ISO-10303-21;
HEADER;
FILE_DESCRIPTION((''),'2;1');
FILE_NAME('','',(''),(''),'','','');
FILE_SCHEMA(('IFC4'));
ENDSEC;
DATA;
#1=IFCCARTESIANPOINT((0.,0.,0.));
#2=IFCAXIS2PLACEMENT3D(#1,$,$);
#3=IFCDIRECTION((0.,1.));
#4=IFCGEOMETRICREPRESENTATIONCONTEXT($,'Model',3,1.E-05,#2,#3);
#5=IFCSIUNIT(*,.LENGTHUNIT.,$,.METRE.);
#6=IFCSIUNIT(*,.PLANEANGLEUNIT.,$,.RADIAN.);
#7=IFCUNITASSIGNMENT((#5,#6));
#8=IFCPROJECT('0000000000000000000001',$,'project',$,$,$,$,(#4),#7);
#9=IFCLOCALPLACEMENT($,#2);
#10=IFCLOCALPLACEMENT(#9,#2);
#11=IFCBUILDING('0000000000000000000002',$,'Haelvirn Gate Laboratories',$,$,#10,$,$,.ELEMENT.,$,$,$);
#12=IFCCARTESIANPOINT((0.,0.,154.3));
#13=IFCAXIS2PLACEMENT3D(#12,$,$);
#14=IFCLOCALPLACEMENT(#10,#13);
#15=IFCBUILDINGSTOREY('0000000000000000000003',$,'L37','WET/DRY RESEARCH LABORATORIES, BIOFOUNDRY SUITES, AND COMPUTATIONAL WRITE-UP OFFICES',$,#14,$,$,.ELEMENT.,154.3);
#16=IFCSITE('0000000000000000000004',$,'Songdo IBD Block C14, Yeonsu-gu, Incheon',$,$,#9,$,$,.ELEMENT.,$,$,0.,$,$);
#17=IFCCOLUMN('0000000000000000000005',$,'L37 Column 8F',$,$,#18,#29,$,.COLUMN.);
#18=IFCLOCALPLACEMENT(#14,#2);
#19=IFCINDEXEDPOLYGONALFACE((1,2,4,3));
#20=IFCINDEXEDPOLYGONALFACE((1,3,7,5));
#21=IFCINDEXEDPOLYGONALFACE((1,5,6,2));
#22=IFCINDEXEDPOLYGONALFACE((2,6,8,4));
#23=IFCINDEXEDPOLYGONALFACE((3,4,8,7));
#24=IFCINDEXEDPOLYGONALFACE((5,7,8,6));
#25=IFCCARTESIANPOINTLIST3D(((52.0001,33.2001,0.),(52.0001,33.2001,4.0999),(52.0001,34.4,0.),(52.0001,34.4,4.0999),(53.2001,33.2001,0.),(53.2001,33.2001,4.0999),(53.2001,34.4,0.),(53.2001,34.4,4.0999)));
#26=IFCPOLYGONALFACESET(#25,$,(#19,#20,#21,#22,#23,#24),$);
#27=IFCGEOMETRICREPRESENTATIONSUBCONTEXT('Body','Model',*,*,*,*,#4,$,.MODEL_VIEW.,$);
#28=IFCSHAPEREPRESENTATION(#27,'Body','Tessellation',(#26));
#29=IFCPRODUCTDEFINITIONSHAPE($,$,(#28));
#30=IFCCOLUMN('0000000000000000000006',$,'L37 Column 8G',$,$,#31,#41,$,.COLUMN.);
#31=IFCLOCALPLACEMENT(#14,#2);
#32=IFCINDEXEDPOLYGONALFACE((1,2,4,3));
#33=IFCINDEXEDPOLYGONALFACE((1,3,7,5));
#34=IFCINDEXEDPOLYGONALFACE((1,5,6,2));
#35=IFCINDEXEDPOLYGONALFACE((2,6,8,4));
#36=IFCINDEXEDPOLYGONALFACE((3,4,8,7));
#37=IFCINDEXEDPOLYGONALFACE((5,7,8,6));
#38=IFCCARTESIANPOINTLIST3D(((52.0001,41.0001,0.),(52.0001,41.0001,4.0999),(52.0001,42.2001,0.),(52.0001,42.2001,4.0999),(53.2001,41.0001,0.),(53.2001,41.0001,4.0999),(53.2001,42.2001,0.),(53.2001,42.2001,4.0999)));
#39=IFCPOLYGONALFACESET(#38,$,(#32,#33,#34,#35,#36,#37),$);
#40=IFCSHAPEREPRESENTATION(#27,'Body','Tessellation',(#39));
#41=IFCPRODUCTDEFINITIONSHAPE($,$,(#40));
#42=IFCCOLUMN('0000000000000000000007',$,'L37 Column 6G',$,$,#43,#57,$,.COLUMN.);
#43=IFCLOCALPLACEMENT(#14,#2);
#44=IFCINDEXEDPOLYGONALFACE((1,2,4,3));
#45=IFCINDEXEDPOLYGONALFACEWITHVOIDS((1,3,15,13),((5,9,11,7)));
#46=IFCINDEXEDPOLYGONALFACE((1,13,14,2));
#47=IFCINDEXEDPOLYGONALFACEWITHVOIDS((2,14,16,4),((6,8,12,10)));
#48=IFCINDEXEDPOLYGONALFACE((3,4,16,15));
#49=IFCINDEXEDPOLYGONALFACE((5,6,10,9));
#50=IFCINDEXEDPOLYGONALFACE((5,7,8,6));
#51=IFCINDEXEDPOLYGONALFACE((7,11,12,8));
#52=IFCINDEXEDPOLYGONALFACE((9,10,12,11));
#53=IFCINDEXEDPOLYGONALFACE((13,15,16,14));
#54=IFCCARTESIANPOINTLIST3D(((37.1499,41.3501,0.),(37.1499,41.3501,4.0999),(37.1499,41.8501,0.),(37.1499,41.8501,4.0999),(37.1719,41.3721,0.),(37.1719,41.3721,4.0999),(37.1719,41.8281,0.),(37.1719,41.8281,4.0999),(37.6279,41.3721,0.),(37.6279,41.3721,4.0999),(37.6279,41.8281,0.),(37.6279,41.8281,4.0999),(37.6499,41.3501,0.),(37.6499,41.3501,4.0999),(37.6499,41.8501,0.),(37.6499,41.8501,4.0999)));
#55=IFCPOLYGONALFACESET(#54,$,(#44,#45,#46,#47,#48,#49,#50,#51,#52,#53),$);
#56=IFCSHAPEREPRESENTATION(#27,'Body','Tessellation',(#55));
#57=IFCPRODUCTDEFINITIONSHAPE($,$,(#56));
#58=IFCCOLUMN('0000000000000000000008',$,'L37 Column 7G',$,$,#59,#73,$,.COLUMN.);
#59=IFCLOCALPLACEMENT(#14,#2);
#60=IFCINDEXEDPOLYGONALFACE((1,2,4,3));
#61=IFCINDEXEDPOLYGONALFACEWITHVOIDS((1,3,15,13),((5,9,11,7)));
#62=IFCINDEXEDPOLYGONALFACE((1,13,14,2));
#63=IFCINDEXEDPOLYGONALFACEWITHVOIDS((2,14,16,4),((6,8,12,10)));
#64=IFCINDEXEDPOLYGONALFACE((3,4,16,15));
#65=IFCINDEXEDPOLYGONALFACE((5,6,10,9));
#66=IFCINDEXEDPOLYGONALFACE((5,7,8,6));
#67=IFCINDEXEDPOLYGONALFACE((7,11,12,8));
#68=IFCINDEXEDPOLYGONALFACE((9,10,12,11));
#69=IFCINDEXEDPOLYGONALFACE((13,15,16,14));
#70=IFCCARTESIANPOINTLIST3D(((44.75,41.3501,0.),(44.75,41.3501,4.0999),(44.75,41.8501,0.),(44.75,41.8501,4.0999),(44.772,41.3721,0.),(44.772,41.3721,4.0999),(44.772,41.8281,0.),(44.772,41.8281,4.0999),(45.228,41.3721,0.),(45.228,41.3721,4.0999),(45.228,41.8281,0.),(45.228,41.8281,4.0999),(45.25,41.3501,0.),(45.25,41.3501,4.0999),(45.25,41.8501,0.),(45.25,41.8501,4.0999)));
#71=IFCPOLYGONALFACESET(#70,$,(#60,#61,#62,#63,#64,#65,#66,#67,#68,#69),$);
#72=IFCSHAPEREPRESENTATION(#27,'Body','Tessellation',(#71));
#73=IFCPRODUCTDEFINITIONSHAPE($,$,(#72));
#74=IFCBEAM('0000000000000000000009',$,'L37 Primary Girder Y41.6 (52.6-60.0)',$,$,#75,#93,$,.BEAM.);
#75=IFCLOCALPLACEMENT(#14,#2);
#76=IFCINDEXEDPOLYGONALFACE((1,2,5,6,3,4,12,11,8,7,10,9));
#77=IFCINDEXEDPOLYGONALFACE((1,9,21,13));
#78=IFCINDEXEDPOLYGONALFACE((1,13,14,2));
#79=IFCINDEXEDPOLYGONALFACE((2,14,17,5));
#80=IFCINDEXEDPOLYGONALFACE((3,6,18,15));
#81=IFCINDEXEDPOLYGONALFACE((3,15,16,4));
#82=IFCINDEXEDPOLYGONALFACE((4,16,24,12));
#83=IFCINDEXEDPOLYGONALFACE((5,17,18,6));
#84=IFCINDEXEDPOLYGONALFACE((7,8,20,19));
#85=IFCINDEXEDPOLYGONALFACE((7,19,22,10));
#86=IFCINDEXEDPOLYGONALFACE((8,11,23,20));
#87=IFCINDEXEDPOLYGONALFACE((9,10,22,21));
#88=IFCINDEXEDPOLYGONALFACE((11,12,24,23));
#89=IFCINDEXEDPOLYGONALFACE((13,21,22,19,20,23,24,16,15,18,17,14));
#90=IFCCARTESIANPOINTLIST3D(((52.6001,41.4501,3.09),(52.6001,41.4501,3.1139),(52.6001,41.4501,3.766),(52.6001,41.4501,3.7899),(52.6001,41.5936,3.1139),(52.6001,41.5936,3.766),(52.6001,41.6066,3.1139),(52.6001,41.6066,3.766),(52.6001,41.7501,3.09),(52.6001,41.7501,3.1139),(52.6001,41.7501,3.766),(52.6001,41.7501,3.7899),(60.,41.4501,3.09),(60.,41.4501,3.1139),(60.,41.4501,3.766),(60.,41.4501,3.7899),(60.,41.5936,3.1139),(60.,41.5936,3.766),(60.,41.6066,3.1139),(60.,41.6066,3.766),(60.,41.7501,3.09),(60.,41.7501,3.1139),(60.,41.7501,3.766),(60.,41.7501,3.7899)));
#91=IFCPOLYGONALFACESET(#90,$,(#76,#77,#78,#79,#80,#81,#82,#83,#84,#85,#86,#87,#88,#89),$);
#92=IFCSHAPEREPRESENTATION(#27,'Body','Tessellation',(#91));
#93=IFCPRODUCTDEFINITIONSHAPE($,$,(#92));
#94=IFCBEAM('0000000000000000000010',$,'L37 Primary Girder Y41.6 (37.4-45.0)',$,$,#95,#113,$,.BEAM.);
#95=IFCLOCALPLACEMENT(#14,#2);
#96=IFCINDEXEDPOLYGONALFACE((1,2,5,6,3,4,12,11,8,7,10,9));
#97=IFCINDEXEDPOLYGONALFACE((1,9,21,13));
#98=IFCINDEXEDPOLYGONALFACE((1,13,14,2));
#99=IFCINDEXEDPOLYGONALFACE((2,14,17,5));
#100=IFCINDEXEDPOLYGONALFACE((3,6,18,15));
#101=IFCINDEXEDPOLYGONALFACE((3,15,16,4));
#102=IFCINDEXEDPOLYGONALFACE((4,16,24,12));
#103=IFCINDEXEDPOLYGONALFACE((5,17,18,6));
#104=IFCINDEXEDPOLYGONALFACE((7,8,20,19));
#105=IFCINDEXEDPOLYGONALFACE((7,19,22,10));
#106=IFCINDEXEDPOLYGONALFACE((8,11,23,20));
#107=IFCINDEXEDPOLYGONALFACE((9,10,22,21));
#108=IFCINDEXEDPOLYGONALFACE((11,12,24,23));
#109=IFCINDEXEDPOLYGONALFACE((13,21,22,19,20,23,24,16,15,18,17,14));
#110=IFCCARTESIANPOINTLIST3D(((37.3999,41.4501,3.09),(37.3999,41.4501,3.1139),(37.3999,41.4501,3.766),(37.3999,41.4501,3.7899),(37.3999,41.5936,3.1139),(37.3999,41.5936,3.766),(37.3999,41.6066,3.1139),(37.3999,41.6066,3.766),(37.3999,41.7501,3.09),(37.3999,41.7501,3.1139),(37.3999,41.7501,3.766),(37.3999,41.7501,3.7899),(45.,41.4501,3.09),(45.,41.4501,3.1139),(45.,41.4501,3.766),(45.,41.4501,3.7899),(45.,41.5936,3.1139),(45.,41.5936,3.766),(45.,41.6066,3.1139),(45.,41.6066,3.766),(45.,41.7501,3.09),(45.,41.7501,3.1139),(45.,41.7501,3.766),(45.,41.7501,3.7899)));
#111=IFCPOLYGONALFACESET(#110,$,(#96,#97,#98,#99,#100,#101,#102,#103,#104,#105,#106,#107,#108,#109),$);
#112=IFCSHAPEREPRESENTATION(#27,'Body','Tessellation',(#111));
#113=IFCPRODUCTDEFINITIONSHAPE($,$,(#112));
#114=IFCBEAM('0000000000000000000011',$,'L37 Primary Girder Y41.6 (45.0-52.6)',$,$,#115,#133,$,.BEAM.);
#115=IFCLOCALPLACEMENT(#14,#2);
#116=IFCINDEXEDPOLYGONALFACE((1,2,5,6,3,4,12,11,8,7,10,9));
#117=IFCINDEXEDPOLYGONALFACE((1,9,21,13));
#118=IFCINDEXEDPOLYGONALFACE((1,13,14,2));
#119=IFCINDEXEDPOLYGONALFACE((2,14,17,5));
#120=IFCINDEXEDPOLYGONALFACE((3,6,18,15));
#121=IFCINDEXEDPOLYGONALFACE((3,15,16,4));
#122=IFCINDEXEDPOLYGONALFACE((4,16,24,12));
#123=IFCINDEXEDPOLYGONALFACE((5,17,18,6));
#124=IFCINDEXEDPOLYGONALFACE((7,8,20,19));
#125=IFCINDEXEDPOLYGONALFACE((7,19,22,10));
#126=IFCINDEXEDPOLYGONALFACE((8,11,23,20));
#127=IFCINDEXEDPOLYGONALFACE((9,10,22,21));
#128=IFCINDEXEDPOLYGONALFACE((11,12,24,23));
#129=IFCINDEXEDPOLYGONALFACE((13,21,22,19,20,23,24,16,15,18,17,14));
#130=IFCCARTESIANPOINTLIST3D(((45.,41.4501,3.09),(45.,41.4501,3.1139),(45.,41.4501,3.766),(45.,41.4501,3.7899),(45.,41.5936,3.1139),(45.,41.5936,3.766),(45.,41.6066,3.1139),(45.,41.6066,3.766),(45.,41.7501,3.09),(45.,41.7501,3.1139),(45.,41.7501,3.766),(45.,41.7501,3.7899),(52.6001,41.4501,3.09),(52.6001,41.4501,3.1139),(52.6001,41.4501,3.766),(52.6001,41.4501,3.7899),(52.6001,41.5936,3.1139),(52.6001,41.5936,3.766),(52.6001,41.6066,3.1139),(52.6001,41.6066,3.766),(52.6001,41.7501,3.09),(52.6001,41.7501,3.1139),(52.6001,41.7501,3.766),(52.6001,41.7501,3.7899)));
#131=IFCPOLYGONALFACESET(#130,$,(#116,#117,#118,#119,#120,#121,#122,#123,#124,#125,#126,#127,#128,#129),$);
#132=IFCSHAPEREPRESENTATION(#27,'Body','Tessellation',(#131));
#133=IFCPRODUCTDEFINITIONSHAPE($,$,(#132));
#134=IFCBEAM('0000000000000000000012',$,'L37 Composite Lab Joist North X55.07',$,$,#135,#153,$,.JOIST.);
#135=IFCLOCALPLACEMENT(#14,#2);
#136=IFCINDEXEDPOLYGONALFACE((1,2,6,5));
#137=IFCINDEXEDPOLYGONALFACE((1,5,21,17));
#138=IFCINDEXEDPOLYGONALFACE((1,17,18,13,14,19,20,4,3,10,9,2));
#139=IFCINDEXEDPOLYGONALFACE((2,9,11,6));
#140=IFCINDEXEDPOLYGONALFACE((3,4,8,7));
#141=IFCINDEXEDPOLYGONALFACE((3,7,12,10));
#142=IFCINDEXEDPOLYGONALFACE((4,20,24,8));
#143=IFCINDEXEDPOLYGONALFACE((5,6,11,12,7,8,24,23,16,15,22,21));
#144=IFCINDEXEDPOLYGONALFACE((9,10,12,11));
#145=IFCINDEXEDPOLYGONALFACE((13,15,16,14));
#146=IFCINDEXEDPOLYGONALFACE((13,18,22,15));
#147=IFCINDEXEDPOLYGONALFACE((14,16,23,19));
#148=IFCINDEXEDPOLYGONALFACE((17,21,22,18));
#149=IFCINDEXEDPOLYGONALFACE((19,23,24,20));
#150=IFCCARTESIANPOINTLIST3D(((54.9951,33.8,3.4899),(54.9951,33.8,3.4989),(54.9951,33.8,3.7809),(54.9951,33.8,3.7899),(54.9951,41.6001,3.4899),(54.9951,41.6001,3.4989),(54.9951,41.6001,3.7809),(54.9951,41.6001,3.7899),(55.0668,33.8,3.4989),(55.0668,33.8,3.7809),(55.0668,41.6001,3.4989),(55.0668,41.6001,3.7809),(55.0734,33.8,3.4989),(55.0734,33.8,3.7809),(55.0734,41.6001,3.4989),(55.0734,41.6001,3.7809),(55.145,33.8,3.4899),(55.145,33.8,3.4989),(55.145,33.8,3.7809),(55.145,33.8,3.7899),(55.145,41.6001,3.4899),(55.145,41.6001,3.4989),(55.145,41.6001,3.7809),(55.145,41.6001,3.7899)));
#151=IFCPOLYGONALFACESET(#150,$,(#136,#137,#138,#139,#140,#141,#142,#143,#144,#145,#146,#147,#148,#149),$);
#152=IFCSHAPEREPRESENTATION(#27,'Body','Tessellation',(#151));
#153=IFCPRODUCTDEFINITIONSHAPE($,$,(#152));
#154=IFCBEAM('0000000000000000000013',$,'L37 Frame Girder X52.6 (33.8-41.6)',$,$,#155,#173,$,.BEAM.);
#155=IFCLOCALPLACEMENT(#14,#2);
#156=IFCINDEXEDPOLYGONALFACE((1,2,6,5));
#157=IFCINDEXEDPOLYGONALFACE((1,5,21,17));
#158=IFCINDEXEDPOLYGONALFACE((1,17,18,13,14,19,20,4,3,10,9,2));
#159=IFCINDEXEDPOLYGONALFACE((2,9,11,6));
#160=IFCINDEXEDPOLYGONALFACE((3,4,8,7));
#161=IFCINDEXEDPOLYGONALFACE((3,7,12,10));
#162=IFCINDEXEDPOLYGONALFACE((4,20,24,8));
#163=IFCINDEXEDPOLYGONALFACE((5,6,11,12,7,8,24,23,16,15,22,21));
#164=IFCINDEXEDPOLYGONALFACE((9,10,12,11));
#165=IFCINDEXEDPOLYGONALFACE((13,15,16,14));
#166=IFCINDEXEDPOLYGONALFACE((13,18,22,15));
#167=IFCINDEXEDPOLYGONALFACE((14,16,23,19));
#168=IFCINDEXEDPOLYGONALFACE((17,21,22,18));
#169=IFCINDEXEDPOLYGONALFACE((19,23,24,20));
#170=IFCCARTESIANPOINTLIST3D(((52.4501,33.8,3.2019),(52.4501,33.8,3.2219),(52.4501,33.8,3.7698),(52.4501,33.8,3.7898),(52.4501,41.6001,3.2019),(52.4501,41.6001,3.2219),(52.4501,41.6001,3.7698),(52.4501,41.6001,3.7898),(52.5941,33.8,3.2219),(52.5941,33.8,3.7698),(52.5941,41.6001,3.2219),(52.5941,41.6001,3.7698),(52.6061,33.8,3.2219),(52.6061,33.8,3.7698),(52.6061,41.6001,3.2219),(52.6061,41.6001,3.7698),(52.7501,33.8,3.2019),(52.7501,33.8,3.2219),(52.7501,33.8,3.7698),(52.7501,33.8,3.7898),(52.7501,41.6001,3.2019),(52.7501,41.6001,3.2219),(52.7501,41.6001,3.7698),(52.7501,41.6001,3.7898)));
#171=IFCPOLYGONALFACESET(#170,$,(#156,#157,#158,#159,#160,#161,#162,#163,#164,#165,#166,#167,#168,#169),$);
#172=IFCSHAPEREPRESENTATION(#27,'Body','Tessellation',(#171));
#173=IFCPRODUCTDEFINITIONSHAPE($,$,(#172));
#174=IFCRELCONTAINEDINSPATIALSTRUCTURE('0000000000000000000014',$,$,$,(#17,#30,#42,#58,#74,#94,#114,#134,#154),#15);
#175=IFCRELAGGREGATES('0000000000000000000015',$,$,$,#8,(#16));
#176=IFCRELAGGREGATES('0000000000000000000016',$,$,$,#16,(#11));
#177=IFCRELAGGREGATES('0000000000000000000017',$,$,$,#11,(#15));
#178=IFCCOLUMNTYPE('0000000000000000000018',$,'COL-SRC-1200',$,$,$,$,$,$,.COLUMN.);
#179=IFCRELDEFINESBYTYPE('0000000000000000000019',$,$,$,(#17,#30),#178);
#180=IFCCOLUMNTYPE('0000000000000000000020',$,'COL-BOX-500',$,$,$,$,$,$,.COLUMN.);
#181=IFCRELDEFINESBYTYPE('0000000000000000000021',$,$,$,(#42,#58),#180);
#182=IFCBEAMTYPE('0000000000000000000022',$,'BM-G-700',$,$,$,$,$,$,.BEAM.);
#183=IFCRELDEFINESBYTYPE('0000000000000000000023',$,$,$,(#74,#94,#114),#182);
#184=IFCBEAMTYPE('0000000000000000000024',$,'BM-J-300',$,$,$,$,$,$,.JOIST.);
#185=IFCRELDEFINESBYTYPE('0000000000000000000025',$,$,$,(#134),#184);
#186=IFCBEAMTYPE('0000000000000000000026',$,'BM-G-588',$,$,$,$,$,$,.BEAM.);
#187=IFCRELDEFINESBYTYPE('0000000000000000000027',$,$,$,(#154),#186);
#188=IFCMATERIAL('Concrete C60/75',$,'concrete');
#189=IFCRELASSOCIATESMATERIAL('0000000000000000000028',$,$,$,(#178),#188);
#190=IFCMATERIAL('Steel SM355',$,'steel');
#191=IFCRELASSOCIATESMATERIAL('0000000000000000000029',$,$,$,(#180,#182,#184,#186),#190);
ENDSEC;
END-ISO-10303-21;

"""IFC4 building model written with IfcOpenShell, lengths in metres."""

from ifc_helpers import new_model, si_unit, direction, frame, origin, origin_2d, place, context, subcontext, project, spatial, rectangle, hollow_rectangle, i_section, extrude, source, transform, mapped, material, material_profile, profile_set, type_object, type_shapes, element, save


model = new_model("IFC4")

# Units and contexts
model_context = context("Model", 3, precision=1e-05, world=origin(), true_north=direction((0.0, 1.0)))
body_context = subcontext(model_context, "Body", "Model", "MODEL_VIEW")
ifc_project = project(units=[si_unit("LENGTHUNIT", "METRE"), si_unit("PLANEANGLEUNIT", "RADIAN")], contexts=[model_context])

# Site, building, storey
site_placement = place(None, origin())
site = spatial("IfcSite", under=ifc_project, at=site_placement, Name="Songdo IBD Block C14, Yeonsu-gu, Incheon", CompositionType="ELEMENT", RefElevation=0.0)
building_placement = place(site_placement, origin())
building = spatial("IfcBuilding", under=site, at=building_placement, Name="Haelvirn Gate Laboratories", CompositionType="ELEMENT")
storey_placement = place(building_placement, frame((0.0, 0.0, 154.3)))
storey = spatial("IfcBuildingStorey", under=building, at=storey_placement, Name="L37", Description="WET/DRY RESEARCH LABORATORIES, BIOFOUNDRY SUITES, AND COMPUTATIONAL WRITE-UP OFFICES", CompositionType="ELEMENT", Elevation=154.3)

# Columns
ifc_material_1 = material(Name="Concrete C60/75", Category="concrete")
ifc_material_profile_1 = material_profile(ifc_material_1, rectangle(XDim=1.2, YDim=1.2, at=origin_2d()), Name="SRC-1200x1200")
ifc_profile_set_1 = profile_set([ifc_material_profile_1], Name="Concrete C60/75")
column_type_1 = type_object("IfcColumnType", Name="COL-SRC-1200", PredefinedType="COLUMN", material=ifc_profile_set_1)
shared_shape_1 = source(origin(), body_context, "Body", "SweptSolid", [
    extrude(rectangle(XDim=1.2, YDim=1.2, at=origin_2d()), origin(), (0.0, 0.0, 1.0), 4.0999),
])
type_shapes(column_type_1, [shared_shape_1])
for number, where, z_axis, x_axis, name in (
    (1, (52.6001, 33.8, 0.0), (0.0, 0.0, 1.0), (1.0, 0.0, 0.0), "L37 Column 8F"),
    (2, (52.6001, 41.6001, 0.0), (0.0, 0.0, 1.0), (1.0, 0.0, 0.0), "L37 Column 8G"),
):
    element("IfcColumn", number, at=place(storey_placement, frame(where, z_axis=z_axis, x_axis=x_axis)), inside=storey, type_object=column_type_1, Name=name, PredefinedType="COLUMN", context=body_context, shape_type="MappedRepresentation", body=[
        mapped(shared_shape_1, transform((0.0, 0.0, 0.0), scale=1.0)),
    ])
ifc_material_2 = material(Name="Steel SM355", Category="steel")
ifc_material_profile_2 = material_profile(ifc_material_2, hollow_rectangle(XDim=0.5, YDim=0.5, WallThickness=0.022, at=origin_2d()), Name="BOX-500x500x22")
ifc_profile_set_2 = profile_set([ifc_material_profile_2], Name="Steel SM355")
column_type_2 = type_object("IfcColumnType", Name="COL-BOX-500", PredefinedType="COLUMN", material=ifc_profile_set_2)
shared_shape_2 = source(origin(), body_context, "Body", "SweptSolid", [
    extrude(hollow_rectangle(XDim=0.5, YDim=0.5, WallThickness=0.022, at=origin_2d()), origin(), (0.0, 0.0, 1.0), 4.0999),
])
type_shapes(column_type_2, [shared_shape_2])
for number, where, z_axis, x_axis, name in (
    (3, (37.3999, 41.6001, 0.0), (0.0, 0.0, 1.0), (1.0, 0.0, 0.0), "L37 Column 6G"),
    (4, (45.0, 41.6001, 0.0), (0.0, 0.0, 1.0), (1.0, 0.0, 0.0), "L37 Column 7G"),
):
    element("IfcColumn", number, at=place(storey_placement, frame(where, z_axis=z_axis, x_axis=x_axis)), inside=storey, type_object=column_type_2, Name=name, PredefinedType="COLUMN", context=body_context, shape_type="MappedRepresentation", body=[
        mapped(shared_shape_2, transform((0.0, 0.0, 0.0), scale=1.0)),
    ])

# Beams
ifc_material_profile_3 = material_profile(ifc_material_2, i_section(OverallWidth=0.3, OverallDepth=0.7, WebThickness=0.0129, FlangeThickness=0.0239, at=origin_2d()), Name="H-700x300x13x24")
ifc_profile_set_3 = profile_set([ifc_material_profile_3], Name="Steel SM355")
beam_type_1 = type_object("IfcBeamType", Name="BM-G-700", PredefinedType="BEAM", material=ifc_profile_set_3)
shared_shape_3 = source(origin(), body_context, "Body", "SweptSolid", [
    extrude(i_section(OverallWidth=0.3, OverallDepth=0.7, WebThickness=0.0129, FlangeThickness=0.0239, at=origin_2d()), origin(), (0.0, 0.0, 1.0), 7.3999),
])
beam_1_placement = place(storey_placement, frame((52.6001, 41.6001, 3.4399), z_axis=(1.0, 0.0, 0.0), x_axis=(0.0, 1.0, 0.0)))
element("IfcBeam", 5, at=beam_1_placement, inside=storey, type_object=beam_type_1, Name="L37 Primary Girder Y41.6 (52.6-60.0)", PredefinedType="BEAM", context=body_context, shape_type="MappedRepresentation", body=[
    mapped(shared_shape_3, transform((0.0, 0.0, 0.0), scale=1.0)),
])
shared_shape_4 = source(origin(), body_context, "Body", "SweptSolid", [
    extrude(i_section(OverallWidth=0.3, OverallDepth=0.7, WebThickness=0.0129, FlangeThickness=0.0239, at=origin_2d()), origin(), (0.0, 0.0, 1.0), 7.6001),
])
type_shapes(beam_type_1, [shared_shape_3, shared_shape_4])
for number, where, z_axis, x_axis, name in (
    (6, (37.3999, 41.6001, 3.4399), (1.0, 0.0, 0.0), (0.0, 1.0, 0.0), "L37 Primary Girder Y41.6 (37.4-45.0)"),
    (7, (45.0, 41.6001, 3.4399), (1.0, 0.0, 0.0), (0.0, 1.0, 0.0), "L37 Primary Girder Y41.6 (45.0-52.6)"),
):
    element("IfcBeam", number, at=place(storey_placement, frame(where, z_axis=z_axis, x_axis=x_axis)), inside=storey, type_object=beam_type_1, Name=name, PredefinedType="BEAM", context=body_context, shape_type="MappedRepresentation", body=[
        mapped(shared_shape_4, transform((0.0, 0.0, 0.0), scale=1.0)),
    ])
ifc_material_profile_4 = material_profile(ifc_material_2, i_section(OverallWidth=0.1499, OverallDepth=0.3, WebThickness=0.0066, FlangeThickness=0.009, at=origin_2d()), Name="H-300x150x6.5x9")
ifc_profile_set_4 = profile_set([ifc_material_profile_4], Name="Steel SM355")
beam_type_2 = type_object("IfcBeamType", Name="BM-J-300", PredefinedType="JOIST", material=ifc_profile_set_4)
shared_shape_5 = source(origin(), body_context, "Body", "SweptSolid", [
    extrude(i_section(OverallWidth=0.1499, OverallDepth=0.3, WebThickness=0.0066, FlangeThickness=0.009, at=origin_2d()), origin(), (0.0, 0.0, 1.0), 7.8),
])
type_shapes(beam_type_2, [shared_shape_5])
beam_2_placement = place(storey_placement, frame((55.0701, 33.8, 3.6399), z_axis=(0.0, 1.0, 0.0), x_axis=(-1.0, 0.0, 0.0)))
element("IfcBeam", 8, at=beam_2_placement, inside=storey, type_object=beam_type_2, Name="L37 Composite Lab Joist North X55.07", PredefinedType="JOIST", context=body_context, shape_type="MappedRepresentation", body=[
    mapped(shared_shape_5, transform((0.0, 0.0, 0.0), scale=1.0)),
])
ifc_material_profile_5 = material_profile(ifc_material_2, i_section(OverallWidth=0.3, OverallDepth=0.5879, WebThickness=0.012, FlangeThickness=0.02, at=origin_2d()), Name="H-588x300x12x20")
ifc_profile_set_5 = profile_set([ifc_material_profile_5], Name="Steel SM355")
beam_type_3 = type_object("IfcBeamType", Name="BM-G-588", PredefinedType="BEAM", material=ifc_profile_set_5)
shared_shape_6 = source(origin(), body_context, "Body", "SweptSolid", [
    extrude(i_section(OverallWidth=0.3, OverallDepth=0.5879, WebThickness=0.012, FlangeThickness=0.02, at=origin_2d()), origin(), (0.0, 0.0, 1.0), 7.8),
])
type_shapes(beam_type_3, [shared_shape_6])
beam_3_placement = place(storey_placement, frame((52.6001, 33.8, 3.4958), z_axis=(0.0, 1.0, 0.0), x_axis=(-1.0, 0.0, 0.0)))
element("IfcBeam", 9, at=beam_3_placement, inside=storey, type_object=beam_type_3, Name="L37 Frame Girder X52.6 (33.8-41.6)", PredefinedType="BEAM", context=body_context, shape_type="MappedRepresentation", body=[
    mapped(shared_shape_6, transform((0.0, 0.0, 0.0), scale=1.0)),
])

save(model, "model.ifc")
